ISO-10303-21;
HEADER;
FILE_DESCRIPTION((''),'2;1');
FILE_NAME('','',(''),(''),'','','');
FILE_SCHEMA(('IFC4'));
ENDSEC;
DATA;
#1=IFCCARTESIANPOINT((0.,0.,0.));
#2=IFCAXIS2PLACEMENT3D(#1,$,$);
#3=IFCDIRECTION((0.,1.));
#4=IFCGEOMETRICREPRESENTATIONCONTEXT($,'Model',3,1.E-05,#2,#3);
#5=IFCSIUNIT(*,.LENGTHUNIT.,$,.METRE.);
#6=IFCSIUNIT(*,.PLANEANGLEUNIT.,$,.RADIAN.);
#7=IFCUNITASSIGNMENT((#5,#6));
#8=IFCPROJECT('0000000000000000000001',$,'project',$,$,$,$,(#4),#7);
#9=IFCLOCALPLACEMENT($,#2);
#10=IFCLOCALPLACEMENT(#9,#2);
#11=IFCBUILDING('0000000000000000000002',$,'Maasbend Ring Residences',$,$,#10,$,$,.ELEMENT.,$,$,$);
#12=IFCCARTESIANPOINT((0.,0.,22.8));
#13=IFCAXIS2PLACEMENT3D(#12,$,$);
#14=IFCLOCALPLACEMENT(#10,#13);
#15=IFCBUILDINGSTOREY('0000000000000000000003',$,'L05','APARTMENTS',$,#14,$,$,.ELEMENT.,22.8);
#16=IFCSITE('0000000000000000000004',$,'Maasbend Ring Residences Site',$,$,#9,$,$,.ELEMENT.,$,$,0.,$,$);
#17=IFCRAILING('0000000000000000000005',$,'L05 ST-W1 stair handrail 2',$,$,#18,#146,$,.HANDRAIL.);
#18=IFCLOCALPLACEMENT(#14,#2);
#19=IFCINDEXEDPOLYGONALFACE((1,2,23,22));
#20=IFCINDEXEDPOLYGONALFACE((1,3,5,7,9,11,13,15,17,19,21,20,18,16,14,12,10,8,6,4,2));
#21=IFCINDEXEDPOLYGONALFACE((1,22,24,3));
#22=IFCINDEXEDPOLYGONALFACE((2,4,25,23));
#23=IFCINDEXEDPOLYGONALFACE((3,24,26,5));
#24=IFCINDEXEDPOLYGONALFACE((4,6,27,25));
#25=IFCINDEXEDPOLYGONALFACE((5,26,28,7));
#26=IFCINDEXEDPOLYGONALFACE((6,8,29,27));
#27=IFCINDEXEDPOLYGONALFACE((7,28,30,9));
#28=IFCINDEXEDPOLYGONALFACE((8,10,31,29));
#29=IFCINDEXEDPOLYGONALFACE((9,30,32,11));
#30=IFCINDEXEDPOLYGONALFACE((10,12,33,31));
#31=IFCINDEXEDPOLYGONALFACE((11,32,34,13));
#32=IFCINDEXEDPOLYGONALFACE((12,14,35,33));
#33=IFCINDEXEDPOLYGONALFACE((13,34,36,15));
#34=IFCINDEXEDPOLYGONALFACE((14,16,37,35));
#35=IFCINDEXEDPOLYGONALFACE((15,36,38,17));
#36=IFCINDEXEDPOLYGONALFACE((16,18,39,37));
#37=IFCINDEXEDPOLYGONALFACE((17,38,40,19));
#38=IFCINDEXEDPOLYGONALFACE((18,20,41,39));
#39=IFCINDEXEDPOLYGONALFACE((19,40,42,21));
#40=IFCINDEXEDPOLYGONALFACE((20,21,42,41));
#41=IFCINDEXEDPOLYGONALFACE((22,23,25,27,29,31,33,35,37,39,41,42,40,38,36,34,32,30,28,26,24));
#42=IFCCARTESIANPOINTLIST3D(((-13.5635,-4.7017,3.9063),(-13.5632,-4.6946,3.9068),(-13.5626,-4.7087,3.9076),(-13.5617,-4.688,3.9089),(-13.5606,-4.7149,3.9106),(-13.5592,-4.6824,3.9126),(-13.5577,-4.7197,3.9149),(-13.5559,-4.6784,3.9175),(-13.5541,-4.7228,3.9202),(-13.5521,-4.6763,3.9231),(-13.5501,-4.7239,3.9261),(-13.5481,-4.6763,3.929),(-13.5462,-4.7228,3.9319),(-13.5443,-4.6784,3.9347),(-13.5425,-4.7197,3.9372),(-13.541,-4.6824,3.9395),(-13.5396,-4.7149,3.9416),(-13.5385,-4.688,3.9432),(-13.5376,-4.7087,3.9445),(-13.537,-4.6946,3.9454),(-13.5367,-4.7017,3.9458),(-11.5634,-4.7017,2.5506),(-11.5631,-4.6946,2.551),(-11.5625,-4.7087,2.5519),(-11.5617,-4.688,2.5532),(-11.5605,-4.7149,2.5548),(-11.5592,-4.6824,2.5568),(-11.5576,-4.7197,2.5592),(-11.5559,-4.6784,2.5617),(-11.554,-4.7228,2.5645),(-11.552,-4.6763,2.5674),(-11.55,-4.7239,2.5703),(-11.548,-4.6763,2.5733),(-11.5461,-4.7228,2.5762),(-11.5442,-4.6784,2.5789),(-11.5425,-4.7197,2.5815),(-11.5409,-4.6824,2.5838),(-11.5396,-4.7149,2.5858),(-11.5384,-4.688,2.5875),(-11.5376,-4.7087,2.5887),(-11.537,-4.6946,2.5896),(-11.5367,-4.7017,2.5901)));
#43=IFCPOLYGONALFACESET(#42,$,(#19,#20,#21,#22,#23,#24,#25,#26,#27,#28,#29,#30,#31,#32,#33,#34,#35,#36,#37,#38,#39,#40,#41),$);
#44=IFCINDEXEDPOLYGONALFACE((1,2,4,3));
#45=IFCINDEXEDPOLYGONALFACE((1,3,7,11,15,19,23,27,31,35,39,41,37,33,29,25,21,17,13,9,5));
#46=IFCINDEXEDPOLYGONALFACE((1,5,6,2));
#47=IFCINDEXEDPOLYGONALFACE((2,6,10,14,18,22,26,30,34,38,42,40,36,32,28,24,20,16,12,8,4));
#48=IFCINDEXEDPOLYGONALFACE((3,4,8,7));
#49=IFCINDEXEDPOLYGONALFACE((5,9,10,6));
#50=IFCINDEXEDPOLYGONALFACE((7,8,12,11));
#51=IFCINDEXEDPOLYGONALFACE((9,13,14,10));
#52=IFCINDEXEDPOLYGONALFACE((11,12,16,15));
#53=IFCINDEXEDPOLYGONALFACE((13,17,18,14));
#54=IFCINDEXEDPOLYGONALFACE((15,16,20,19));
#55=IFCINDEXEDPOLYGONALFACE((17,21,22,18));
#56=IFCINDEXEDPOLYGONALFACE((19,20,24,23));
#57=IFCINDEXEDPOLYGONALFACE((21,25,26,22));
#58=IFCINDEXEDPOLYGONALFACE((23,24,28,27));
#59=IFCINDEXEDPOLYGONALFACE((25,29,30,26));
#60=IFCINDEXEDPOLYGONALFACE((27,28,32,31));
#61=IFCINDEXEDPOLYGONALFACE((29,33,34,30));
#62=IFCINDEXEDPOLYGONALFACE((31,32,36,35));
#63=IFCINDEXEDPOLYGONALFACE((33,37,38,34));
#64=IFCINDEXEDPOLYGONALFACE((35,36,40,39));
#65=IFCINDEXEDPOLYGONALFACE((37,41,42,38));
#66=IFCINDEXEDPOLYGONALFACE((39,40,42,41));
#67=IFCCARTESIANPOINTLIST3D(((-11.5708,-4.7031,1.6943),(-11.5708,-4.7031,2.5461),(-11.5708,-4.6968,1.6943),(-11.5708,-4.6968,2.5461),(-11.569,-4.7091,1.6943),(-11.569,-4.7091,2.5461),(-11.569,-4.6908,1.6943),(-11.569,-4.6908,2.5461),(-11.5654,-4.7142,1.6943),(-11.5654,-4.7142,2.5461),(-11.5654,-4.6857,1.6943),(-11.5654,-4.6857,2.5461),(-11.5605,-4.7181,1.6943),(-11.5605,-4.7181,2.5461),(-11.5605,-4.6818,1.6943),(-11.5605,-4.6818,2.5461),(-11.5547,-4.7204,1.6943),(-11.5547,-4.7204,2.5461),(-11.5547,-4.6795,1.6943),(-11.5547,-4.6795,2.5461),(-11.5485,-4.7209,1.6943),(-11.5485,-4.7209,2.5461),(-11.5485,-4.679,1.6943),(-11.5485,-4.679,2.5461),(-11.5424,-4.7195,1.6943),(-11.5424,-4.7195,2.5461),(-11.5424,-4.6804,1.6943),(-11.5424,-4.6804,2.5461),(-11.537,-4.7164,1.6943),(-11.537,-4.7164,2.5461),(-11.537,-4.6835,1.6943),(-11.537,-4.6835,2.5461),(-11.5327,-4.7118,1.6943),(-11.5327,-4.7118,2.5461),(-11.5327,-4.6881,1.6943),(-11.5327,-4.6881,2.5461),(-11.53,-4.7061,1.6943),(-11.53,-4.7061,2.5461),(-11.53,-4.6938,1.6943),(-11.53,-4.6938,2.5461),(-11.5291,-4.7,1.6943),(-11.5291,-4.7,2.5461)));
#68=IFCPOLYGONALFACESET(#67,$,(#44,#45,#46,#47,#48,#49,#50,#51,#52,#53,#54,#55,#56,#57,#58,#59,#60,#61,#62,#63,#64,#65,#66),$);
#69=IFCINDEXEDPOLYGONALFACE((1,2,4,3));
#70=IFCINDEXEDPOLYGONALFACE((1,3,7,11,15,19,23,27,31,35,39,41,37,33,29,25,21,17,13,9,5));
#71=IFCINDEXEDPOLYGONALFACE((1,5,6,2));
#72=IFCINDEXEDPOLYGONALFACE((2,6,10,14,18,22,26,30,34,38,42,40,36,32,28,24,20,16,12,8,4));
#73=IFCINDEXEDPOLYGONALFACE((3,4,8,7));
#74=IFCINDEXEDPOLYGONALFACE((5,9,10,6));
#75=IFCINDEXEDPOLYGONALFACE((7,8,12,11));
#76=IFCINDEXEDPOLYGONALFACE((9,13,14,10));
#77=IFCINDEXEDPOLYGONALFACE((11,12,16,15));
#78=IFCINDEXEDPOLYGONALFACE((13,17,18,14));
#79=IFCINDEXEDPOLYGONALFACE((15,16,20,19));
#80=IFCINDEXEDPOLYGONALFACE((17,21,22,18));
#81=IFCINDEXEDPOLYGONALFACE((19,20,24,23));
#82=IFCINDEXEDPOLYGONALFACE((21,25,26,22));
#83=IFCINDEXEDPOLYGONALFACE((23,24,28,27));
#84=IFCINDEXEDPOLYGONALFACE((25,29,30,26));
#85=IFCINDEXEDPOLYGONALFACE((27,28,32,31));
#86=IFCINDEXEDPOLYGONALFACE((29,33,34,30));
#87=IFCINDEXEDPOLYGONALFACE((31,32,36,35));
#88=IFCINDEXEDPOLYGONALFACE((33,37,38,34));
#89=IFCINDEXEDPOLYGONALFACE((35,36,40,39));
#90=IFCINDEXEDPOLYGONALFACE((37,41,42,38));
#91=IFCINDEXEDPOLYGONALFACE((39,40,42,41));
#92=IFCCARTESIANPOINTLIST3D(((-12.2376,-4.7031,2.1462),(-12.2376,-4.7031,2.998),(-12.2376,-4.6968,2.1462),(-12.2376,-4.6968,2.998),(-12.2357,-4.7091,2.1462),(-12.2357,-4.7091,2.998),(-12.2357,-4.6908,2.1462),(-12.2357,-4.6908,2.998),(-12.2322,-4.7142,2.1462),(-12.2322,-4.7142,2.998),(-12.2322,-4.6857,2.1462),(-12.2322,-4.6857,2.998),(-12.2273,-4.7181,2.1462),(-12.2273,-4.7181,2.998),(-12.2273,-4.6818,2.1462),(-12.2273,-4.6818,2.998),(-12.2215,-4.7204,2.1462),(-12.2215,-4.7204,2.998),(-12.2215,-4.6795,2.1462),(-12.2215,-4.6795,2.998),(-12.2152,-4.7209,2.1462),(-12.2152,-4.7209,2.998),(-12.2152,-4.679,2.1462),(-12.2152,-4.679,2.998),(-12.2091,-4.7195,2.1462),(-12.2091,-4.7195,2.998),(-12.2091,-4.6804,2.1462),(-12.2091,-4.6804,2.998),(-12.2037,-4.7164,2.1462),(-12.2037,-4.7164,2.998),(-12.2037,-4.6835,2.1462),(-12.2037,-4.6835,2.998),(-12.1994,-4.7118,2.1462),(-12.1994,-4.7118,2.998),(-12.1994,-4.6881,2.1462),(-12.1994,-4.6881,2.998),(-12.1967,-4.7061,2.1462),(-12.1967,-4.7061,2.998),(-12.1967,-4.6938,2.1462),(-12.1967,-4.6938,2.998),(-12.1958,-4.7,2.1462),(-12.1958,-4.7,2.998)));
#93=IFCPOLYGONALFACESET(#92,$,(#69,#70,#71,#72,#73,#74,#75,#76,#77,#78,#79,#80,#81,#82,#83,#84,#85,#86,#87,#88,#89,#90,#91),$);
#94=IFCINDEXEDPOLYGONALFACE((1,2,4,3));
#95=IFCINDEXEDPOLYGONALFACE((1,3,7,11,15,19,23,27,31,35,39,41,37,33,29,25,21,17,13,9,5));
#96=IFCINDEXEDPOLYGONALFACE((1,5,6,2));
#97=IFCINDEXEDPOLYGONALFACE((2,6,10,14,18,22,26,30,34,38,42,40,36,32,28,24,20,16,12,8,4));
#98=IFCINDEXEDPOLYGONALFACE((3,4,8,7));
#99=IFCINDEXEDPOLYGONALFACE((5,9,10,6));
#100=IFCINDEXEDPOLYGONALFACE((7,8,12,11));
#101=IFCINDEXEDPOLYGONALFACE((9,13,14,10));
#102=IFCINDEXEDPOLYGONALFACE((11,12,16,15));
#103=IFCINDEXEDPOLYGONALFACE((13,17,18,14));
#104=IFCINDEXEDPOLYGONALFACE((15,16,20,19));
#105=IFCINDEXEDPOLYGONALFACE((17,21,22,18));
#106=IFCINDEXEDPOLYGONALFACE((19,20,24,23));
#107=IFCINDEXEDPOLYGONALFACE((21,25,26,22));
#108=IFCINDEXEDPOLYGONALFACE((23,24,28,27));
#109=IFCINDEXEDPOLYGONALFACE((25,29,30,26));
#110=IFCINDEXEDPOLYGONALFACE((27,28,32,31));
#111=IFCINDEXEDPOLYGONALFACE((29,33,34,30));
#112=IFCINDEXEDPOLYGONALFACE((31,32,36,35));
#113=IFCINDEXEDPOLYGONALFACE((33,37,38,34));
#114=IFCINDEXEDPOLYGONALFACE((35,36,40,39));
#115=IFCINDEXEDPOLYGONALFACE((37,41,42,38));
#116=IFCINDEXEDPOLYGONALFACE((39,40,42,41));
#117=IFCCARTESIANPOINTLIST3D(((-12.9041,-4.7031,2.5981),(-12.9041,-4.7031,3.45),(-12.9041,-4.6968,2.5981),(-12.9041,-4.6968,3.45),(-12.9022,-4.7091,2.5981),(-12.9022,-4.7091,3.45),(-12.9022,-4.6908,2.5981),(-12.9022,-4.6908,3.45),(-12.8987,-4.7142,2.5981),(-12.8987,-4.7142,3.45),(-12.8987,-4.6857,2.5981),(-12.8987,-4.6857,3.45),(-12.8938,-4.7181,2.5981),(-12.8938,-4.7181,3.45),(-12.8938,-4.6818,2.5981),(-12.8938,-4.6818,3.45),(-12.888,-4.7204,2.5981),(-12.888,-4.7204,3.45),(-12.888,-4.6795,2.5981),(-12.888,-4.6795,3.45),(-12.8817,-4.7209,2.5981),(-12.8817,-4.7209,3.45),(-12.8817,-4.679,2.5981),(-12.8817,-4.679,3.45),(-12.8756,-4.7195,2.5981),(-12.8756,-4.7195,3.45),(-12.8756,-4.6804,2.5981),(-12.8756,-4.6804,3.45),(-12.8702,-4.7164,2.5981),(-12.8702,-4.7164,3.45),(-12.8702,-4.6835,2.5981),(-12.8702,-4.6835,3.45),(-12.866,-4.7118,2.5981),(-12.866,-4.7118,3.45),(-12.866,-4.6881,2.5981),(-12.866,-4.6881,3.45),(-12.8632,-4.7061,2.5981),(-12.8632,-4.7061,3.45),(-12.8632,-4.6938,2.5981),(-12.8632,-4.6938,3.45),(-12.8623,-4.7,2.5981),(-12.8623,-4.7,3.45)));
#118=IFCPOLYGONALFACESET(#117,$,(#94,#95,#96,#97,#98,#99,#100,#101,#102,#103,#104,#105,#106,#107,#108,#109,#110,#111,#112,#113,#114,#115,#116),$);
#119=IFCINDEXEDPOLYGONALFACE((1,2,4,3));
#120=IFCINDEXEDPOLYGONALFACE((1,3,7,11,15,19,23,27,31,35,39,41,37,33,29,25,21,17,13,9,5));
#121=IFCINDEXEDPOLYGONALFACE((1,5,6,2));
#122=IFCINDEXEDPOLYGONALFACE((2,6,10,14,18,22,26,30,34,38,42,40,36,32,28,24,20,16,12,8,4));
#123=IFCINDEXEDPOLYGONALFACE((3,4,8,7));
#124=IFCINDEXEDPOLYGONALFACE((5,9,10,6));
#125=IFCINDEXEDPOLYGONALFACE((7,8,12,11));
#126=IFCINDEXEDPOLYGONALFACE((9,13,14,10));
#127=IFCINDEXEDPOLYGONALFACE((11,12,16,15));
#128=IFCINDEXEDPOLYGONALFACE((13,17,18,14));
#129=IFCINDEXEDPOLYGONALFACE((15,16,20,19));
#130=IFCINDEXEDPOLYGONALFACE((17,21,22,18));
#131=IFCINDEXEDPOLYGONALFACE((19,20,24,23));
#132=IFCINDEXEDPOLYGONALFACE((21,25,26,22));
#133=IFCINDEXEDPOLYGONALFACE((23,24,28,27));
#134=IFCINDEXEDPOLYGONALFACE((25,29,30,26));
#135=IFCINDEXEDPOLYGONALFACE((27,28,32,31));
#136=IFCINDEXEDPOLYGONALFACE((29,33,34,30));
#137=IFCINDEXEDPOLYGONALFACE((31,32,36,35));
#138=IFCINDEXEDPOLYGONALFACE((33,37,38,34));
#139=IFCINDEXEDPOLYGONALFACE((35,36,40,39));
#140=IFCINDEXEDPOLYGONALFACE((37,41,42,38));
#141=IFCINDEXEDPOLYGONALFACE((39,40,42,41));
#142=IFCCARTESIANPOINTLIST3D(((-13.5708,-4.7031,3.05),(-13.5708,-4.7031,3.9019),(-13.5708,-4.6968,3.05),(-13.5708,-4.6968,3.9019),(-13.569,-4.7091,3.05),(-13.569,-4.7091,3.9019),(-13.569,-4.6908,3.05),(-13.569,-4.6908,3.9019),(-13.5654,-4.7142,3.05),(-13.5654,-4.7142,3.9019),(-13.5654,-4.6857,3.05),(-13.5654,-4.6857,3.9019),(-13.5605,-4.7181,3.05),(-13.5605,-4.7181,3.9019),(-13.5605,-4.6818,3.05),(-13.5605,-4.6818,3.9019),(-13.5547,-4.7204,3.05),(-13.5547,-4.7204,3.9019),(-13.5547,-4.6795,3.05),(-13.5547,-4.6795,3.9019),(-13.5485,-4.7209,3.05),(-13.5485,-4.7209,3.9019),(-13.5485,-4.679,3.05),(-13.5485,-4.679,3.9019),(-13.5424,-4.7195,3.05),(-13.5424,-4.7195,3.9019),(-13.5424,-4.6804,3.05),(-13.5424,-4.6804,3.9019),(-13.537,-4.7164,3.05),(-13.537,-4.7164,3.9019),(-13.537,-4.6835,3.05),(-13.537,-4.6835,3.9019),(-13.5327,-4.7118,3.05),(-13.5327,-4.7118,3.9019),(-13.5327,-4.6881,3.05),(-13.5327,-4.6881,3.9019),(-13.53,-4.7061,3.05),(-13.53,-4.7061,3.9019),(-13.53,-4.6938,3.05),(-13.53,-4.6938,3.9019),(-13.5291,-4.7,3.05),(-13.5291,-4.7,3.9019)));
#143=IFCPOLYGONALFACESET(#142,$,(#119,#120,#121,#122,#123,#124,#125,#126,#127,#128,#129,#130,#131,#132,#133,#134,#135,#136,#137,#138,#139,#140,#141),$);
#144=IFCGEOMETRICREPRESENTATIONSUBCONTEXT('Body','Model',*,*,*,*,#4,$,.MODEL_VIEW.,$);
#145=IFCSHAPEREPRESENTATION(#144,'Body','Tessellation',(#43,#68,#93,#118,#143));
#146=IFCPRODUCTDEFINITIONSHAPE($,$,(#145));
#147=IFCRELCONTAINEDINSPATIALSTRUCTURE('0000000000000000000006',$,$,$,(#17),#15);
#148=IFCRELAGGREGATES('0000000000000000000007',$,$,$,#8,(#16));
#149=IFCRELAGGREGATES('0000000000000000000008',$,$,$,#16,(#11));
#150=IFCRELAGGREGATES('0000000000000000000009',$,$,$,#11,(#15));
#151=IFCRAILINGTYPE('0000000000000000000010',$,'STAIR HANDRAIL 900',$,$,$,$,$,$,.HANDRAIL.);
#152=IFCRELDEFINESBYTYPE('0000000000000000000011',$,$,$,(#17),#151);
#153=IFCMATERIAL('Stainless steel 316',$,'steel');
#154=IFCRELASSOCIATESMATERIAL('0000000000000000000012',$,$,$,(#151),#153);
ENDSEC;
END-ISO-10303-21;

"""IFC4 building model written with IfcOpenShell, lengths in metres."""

from ifc_helpers import new_model, si_unit, direction, frame, origin, origin_2d, place, context, subcontext, project, spatial, circle, extrude, material, type_object, element, save


model = new_model("IFC4")

# Units and contexts
model_context = context("Model", 3, precision=1e-05, world=origin(), true_north=direction((0.0, 1.0)))
body_context = subcontext(model_context, "Body", "Model", "MODEL_VIEW")
ifc_project = project(units=[si_unit("LENGTHUNIT", "METRE"), si_unit("PLANEANGLEUNIT", "RADIAN")], contexts=[model_context])

# Site, building, storey
site_placement = place(None, origin())
site = spatial("IfcSite", under=ifc_project, at=site_placement, Name="Maasbend Ring Residences Site", CompositionType="ELEMENT", RefElevation=0.0)
building_placement = place(site_placement, origin())
building = spatial("IfcBuilding", under=site, at=building_placement, Name="Maasbend Ring Residences", CompositionType="ELEMENT")
storey_placement = place(building_placement, frame((0.0, 0.0, 22.8)))
storey = spatial("IfcBuildingStorey", under=building, at=storey_placement, Name="L05", Description="APARTMENTS", CompositionType="ELEMENT", Elevation=22.8)

# Railing
ifc_material_1 = material(Name="Stainless steel 316", Category="steel")
railing_type_1 = type_object("IfcRailingType", Name="STAIR HANDRAIL 900", PredefinedType="HANDRAIL", material=ifc_material_1)
railing_1_placement = place(storey_placement, frame((-11.55, -4.7, 1.6943)))
element("IfcRailing", 1, at=railing_1_placement, inside=storey, type_object=railing_type_1, Name="L05 ST-W1 stair handrail 2", PredefinedType="HANDRAIL", context=body_context, shape_type="SweptSolid", body=[
    extrude(circle(Radius=0.0239, at=origin_2d()), frame((0.0, 0.0, 0.876), z_axis=(-0.827751, 0.0, 0.561096), x_axis=(0.0, -1.0, 0.0)), (0.0, 0.0, 1.0), 2.4163),
    extrude(circle(Radius=0.021, at=origin_2d()), origin(), (0.0, 0.0, 1.0), 0.8518),
    extrude(circle(Radius=0.021, at=origin_2d()), frame((-0.6667, 0.0, 0.4519)), (0.0, 0.0, 1.0), 0.8518),
    extrude(circle(Radius=0.021, at=origin_2d()), frame((-1.3333, 0.0, 0.9038)), (0.0, 0.0, 1.0), 0.8518),
    extrude(circle(Radius=0.021, at=origin_2d()), frame((-2.0, 0.0, 1.3557)), (0.0, 0.0, 1.0), 0.8518),
])

save(model, "model.ifc")
